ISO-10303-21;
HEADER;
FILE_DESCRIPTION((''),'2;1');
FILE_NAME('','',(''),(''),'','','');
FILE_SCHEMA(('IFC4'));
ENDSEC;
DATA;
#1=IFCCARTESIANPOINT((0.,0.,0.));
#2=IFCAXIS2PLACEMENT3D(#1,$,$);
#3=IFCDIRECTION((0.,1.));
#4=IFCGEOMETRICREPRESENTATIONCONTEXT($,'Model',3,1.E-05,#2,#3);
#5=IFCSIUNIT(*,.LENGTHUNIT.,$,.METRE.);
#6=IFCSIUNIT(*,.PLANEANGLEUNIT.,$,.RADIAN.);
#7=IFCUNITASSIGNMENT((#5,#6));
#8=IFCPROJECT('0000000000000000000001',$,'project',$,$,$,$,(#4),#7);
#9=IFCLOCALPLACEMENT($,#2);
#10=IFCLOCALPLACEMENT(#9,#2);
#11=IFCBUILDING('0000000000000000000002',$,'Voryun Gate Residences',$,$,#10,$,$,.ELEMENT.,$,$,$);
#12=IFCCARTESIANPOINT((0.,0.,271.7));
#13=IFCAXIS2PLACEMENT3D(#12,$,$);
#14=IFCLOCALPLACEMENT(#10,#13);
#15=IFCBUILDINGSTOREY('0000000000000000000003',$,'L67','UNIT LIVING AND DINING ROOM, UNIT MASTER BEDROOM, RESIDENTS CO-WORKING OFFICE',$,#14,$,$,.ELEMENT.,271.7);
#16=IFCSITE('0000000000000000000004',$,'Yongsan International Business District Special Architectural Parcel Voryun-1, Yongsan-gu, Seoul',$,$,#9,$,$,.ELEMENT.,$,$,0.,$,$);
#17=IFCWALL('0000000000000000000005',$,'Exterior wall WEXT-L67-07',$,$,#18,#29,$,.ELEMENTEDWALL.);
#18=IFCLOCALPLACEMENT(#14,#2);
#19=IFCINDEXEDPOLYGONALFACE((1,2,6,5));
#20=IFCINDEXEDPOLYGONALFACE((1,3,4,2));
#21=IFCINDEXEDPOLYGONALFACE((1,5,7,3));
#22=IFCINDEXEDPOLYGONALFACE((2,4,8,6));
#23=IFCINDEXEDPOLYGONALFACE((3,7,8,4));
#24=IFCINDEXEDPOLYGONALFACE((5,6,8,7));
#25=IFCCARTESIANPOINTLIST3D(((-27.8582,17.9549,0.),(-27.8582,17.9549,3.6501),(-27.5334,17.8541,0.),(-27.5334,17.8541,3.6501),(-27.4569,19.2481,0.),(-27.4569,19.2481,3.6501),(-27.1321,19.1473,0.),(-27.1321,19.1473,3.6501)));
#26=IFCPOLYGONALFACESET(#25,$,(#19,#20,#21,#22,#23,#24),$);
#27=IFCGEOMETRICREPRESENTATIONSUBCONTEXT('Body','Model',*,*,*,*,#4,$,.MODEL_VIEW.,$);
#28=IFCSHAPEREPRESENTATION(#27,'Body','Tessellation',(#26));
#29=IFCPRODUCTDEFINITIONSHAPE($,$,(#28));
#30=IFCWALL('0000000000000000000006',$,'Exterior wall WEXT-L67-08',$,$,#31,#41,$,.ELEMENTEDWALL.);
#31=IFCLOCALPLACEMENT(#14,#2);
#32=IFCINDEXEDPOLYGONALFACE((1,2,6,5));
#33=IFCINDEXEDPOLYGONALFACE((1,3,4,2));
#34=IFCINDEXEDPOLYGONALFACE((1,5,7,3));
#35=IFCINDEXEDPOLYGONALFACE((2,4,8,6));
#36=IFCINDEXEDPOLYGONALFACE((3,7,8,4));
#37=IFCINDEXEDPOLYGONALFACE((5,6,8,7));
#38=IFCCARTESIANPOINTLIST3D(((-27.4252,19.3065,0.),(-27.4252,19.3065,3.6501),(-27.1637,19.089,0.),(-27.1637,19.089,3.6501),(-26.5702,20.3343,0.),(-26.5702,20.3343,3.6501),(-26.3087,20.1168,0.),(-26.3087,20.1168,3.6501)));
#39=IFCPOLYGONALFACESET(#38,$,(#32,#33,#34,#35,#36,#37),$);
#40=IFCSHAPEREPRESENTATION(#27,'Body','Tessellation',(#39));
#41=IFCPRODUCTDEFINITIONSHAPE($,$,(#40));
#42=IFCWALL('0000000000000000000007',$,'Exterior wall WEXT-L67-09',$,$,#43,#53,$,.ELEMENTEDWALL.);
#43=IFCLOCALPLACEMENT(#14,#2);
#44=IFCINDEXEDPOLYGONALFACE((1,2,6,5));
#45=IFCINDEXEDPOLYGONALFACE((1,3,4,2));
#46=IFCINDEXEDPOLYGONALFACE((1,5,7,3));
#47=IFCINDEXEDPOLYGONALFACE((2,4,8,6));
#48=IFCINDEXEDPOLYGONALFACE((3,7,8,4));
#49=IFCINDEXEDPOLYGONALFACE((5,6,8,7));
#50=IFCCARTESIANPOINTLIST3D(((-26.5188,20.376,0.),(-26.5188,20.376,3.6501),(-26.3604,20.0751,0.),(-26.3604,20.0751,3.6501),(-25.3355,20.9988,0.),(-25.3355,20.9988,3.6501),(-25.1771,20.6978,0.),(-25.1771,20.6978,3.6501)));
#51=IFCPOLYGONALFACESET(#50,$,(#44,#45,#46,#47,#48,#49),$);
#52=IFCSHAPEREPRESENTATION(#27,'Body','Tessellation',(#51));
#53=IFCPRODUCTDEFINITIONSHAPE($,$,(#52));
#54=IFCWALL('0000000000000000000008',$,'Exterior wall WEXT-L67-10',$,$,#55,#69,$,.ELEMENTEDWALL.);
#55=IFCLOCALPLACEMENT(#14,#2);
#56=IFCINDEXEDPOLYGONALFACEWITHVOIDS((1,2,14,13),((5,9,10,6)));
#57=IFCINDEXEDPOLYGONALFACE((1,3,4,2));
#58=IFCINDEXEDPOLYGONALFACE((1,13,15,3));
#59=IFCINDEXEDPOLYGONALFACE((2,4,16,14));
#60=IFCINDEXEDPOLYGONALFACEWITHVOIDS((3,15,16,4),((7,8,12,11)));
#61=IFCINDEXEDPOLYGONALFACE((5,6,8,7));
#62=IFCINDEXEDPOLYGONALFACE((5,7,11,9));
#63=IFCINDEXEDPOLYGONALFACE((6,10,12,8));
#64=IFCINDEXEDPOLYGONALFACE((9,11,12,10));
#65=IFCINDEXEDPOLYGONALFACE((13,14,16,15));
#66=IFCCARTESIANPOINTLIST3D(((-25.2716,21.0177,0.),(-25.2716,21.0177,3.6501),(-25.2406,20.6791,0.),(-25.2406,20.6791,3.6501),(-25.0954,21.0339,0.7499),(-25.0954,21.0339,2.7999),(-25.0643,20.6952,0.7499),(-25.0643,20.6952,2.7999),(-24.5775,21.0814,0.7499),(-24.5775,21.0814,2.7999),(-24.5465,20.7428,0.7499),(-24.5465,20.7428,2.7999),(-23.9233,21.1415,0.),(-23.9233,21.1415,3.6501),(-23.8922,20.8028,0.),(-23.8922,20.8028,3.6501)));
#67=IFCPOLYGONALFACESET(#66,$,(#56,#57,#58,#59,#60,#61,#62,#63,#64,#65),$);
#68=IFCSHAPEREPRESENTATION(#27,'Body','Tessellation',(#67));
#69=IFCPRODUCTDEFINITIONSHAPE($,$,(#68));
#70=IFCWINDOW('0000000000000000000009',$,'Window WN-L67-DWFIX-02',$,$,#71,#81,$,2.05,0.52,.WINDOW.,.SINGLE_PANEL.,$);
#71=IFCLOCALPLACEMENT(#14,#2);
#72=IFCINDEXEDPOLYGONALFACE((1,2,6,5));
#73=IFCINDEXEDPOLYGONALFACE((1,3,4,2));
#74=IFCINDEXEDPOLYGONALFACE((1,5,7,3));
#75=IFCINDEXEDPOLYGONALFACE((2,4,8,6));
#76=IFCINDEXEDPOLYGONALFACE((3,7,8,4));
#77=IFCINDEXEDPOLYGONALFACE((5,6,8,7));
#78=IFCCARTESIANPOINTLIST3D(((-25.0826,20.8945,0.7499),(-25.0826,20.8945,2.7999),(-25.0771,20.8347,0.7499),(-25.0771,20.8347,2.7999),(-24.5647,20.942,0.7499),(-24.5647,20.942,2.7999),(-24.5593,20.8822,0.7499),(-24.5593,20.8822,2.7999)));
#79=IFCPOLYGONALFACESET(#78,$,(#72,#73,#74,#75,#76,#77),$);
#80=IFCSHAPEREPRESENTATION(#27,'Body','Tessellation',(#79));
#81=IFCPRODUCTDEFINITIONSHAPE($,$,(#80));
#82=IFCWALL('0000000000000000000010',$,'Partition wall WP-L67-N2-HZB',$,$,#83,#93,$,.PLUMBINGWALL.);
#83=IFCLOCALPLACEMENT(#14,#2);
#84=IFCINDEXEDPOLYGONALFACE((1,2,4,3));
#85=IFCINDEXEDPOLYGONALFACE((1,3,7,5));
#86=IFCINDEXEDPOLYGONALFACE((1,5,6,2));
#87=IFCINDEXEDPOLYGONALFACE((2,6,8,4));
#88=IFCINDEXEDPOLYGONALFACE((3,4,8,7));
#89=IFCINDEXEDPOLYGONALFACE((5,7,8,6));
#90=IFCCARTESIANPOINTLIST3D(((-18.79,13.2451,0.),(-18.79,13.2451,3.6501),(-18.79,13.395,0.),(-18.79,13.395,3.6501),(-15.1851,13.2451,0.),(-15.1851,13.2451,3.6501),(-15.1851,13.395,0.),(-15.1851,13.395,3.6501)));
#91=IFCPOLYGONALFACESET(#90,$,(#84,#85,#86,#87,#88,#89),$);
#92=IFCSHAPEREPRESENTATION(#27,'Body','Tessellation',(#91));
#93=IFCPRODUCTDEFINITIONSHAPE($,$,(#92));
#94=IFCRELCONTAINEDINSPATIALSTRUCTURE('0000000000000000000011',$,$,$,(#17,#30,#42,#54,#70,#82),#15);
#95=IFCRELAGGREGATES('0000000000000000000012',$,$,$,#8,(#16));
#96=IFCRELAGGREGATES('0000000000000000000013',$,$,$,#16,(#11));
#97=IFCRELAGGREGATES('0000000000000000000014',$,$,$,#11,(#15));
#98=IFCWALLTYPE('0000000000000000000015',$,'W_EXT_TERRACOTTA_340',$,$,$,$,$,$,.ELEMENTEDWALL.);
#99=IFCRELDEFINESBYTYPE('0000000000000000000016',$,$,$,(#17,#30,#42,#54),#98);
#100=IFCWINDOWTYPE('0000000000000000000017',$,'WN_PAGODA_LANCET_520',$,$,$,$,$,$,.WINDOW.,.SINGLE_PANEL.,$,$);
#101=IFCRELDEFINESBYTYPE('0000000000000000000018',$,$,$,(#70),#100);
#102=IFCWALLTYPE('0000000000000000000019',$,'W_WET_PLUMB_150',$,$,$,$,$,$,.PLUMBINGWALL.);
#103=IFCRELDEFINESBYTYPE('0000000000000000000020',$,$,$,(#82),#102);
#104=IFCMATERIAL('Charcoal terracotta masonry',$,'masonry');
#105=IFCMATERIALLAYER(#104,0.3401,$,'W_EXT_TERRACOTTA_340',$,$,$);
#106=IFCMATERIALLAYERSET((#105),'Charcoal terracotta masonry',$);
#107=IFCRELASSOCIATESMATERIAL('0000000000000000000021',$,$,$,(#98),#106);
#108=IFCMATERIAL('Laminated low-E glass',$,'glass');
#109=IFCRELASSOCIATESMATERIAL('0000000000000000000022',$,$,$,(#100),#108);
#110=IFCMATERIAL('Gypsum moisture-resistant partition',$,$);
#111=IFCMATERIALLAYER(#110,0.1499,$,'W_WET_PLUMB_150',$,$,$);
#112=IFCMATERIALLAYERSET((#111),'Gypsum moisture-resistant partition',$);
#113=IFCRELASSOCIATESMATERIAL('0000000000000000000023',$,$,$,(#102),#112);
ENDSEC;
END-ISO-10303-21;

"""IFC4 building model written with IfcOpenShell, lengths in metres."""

from ifc_helpers import new_model, si_unit, direction, frame, frame_2d, origin, place, context, subcontext, project, spatial, rectangle, extrude, material, layer, layer_set, type_object, element, fill, save


model = new_model("IFC4")

# Units and contexts
model_context = context("Model", 3, precision=1e-05, world=origin(), true_north=direction((0.0, 1.0)))
body_context = subcontext(model_context, "Body", "Model", "MODEL_VIEW")
ifc_project = project(units=[si_unit("LENGTHUNIT", "METRE"), si_unit("PLANEANGLEUNIT", "RADIAN")], contexts=[model_context])

# Site, building, storey
site_placement = place(None, origin())
site = spatial("IfcSite", under=ifc_project, at=site_placement, Name="Yongsan International Business District Special Architectural Parcel Voryun-1, Yongsan-gu, Seoul", CompositionType="ELEMENT", RefElevation=0.0)
building_placement = place(site_placement, origin())
building = spatial("IfcBuilding", under=site, at=building_placement, Name="Voryun Gate Residences", CompositionType="ELEMENT")
storey_placement = place(building_placement, frame((0.0, 0.0, 271.7)))
storey = spatial("IfcBuildingStorey", under=building, at=storey_placement, Name="L67", Description="UNIT LIVING AND DINING ROOM, UNIT MASTER BEDROOM, RESIDENTS CO-WORKING OFFICE", CompositionType="ELEMENT", Elevation=271.7)

# Walls
ifc_material_1 = material(Name="Charcoal terracotta masonry", Category="masonry")
ifc_layer_1 = layer(ifc_material_1, 0.3401, Name="W_EXT_TERRACOTTA_340")
ifc_layer_set_1 = layer_set([ifc_layer_1], Name="Charcoal terracotta masonry")
wall_type_1 = type_object("IfcWallType", Name="W_EXT_TERRACOTTA_340", PredefinedType="ELEMENTEDWALL", material=ifc_layer_set_1)
wall_1_placement = place(storey_placement, frame((-27.6958, 17.9045, 0.0), z_axis=(0.0, 0.0, 1.0), x_axis=(0.296416, 0.955059, 0.0)))
element("IfcWall", 1, at=wall_1_placement, inside=storey, type_object=wall_type_1, Name="Exterior wall WEXT-L67-07", PredefinedType="ELEMENTEDWALL", context=body_context, shape_type="SweptSolid", body=[
    extrude(rectangle(XDim=1.354, YDim=0.3401, at=frame_2d((0.677, 0.0))), origin(), (0.0, 0.0, 1.0), 3.6501),
])
wall_2_placement = place(storey_placement, frame((-27.2944, 19.1978, 0.0), z_axis=(0.0, 0.0, 1.0), x_axis=(0.639502, 0.76879, 0.0)))
element("IfcWall", 2, at=wall_2_placement, inside=storey, type_object=wall_type_1, Name="Exterior wall WEXT-L67-08", PredefinedType="ELEMENTEDWALL", context=body_context, shape_type="SweptSolid", body=[
    extrude(rectangle(XDim=1.3369, YDim=0.3401, at=frame_2d((0.6685, 0.0))), origin(), (0.0, 0.0, 1.0), 3.6501),
])
wall_3_placement = place(storey_placement, frame((-26.4395, 20.2256, 0.0), z_axis=(0.0, 0.0, 1.0), x_axis=(0.884922, 0.465739, 0.0)))
element("IfcWall", 3, at=wall_3_placement, inside=storey, type_object=wall_type_1, Name="Exterior wall WEXT-L67-09", PredefinedType="ELEMENTEDWALL", context=body_context, shape_type="SweptSolid", body=[
    extrude(rectangle(XDim=1.3372, YDim=0.3401, at=frame_2d((0.6685, 0.0))), origin(), (0.0, 0.0, 1.0), 3.6501),
])

# Wall, opening, window
wall_4_placement = place(storey_placement, frame((-25.2561, 20.8484, 0.0), z_axis=(0.0, 0.0, 1.0), x_axis=(0.995813, 0.091414, 0.0)))
wall_4 = element("IfcWall", 4, at=wall_4_placement, inside=storey, type_object=wall_type_1, Name="Exterior wall WEXT-L67-10", PredefinedType="ELEMENTEDWALL", context=body_context, shape_type="SweptSolid", body=[
    extrude(rectangle(XDim=1.354, YDim=0.3401, at=frame_2d((0.677, 0.0))), origin(), (0.0, 0.0, 1.0), 3.6501),
])
opening_1_placement = place(wall_4_placement, frame((0.177, 0.0, 0.75)))
opening_1 = element("IfcOpeningElement", 5, at=opening_1_placement, cuts=wall_4, PredefinedType="OPENING", context=body_context, shape_type="SweptSolid", body=[
    extrude(rectangle(XDim=0.52, YDim=2.05, at=frame_2d((0.26, 1.0249))), frame((0.0, 0.1799, 0.0), z_axis=(0.0, -1.0, 0.0), x_axis=(1.0, 0.0, 0.0)), (0.0, 0.0, 1.0), 0.3601),
])
ifc_material_2 = material(Name="Laminated low-E glass", Category="glass")
window_type_1 = type_object("IfcWindowType", Name="WN_PAGODA_LANCET_520", PartitioningType="SINGLE_PANEL", PredefinedType="WINDOW", material=ifc_material_2)
window_1_placement = place(opening_1_placement, origin())
window_1 = element("IfcWindow", 6, at=window_1_placement, inside=storey, type_object=window_type_1, Name="Window WN-L67-DWFIX-02", OverallHeight=2.05, OverallWidth=0.52, PartitioningType="SINGLE_PANEL", PredefinedType="WINDOW", context=body_context, shape_type="SweptSolid", body=[
    extrude(rectangle(XDim=0.52, YDim=2.05, at=frame_2d((0.26, 1.0249))), frame((0.0, 0.03, 0.0), z_axis=(0.0, -1.0, 0.0), x_axis=(1.0, 0.0, 0.0)), (0.0, 0.0, 1.0), 0.0601),
])
fill(opening_1, window_1)

# Wall
ifc_material_3 = material(Name="Gypsum moisture-resistant partition")
ifc_layer_2 = layer(ifc_material_3, 0.1499, Name="W_WET_PLUMB_150")
ifc_layer_set_2 = layer_set([ifc_layer_2], Name="Gypsum moisture-resistant partition")
wall_type_2 = type_object("IfcWallType", Name="W_WET_PLUMB_150", PredefinedType="PLUMBINGWALL", material=ifc_layer_set_2)
wall_5_placement = place(storey_placement, frame((-18.79, 13.3201, 0.0), z_axis=(0.0, 0.0, 1.0), x_axis=(1.0, 0.0, 0.0)))
element("IfcWall", 7, at=wall_5_placement, inside=storey, type_object=wall_type_2, Name="Partition wall WP-L67-N2-HZB", PredefinedType="PLUMBINGWALL", context=body_context, shape_type="SweptSolid", body=[
    extrude(rectangle(XDim=3.605, YDim=0.1499, at=frame_2d((1.8025, 0.0))), origin(), (0.0, 0.0, 1.0), 3.6501),
])

save(model, "model.ifc")
